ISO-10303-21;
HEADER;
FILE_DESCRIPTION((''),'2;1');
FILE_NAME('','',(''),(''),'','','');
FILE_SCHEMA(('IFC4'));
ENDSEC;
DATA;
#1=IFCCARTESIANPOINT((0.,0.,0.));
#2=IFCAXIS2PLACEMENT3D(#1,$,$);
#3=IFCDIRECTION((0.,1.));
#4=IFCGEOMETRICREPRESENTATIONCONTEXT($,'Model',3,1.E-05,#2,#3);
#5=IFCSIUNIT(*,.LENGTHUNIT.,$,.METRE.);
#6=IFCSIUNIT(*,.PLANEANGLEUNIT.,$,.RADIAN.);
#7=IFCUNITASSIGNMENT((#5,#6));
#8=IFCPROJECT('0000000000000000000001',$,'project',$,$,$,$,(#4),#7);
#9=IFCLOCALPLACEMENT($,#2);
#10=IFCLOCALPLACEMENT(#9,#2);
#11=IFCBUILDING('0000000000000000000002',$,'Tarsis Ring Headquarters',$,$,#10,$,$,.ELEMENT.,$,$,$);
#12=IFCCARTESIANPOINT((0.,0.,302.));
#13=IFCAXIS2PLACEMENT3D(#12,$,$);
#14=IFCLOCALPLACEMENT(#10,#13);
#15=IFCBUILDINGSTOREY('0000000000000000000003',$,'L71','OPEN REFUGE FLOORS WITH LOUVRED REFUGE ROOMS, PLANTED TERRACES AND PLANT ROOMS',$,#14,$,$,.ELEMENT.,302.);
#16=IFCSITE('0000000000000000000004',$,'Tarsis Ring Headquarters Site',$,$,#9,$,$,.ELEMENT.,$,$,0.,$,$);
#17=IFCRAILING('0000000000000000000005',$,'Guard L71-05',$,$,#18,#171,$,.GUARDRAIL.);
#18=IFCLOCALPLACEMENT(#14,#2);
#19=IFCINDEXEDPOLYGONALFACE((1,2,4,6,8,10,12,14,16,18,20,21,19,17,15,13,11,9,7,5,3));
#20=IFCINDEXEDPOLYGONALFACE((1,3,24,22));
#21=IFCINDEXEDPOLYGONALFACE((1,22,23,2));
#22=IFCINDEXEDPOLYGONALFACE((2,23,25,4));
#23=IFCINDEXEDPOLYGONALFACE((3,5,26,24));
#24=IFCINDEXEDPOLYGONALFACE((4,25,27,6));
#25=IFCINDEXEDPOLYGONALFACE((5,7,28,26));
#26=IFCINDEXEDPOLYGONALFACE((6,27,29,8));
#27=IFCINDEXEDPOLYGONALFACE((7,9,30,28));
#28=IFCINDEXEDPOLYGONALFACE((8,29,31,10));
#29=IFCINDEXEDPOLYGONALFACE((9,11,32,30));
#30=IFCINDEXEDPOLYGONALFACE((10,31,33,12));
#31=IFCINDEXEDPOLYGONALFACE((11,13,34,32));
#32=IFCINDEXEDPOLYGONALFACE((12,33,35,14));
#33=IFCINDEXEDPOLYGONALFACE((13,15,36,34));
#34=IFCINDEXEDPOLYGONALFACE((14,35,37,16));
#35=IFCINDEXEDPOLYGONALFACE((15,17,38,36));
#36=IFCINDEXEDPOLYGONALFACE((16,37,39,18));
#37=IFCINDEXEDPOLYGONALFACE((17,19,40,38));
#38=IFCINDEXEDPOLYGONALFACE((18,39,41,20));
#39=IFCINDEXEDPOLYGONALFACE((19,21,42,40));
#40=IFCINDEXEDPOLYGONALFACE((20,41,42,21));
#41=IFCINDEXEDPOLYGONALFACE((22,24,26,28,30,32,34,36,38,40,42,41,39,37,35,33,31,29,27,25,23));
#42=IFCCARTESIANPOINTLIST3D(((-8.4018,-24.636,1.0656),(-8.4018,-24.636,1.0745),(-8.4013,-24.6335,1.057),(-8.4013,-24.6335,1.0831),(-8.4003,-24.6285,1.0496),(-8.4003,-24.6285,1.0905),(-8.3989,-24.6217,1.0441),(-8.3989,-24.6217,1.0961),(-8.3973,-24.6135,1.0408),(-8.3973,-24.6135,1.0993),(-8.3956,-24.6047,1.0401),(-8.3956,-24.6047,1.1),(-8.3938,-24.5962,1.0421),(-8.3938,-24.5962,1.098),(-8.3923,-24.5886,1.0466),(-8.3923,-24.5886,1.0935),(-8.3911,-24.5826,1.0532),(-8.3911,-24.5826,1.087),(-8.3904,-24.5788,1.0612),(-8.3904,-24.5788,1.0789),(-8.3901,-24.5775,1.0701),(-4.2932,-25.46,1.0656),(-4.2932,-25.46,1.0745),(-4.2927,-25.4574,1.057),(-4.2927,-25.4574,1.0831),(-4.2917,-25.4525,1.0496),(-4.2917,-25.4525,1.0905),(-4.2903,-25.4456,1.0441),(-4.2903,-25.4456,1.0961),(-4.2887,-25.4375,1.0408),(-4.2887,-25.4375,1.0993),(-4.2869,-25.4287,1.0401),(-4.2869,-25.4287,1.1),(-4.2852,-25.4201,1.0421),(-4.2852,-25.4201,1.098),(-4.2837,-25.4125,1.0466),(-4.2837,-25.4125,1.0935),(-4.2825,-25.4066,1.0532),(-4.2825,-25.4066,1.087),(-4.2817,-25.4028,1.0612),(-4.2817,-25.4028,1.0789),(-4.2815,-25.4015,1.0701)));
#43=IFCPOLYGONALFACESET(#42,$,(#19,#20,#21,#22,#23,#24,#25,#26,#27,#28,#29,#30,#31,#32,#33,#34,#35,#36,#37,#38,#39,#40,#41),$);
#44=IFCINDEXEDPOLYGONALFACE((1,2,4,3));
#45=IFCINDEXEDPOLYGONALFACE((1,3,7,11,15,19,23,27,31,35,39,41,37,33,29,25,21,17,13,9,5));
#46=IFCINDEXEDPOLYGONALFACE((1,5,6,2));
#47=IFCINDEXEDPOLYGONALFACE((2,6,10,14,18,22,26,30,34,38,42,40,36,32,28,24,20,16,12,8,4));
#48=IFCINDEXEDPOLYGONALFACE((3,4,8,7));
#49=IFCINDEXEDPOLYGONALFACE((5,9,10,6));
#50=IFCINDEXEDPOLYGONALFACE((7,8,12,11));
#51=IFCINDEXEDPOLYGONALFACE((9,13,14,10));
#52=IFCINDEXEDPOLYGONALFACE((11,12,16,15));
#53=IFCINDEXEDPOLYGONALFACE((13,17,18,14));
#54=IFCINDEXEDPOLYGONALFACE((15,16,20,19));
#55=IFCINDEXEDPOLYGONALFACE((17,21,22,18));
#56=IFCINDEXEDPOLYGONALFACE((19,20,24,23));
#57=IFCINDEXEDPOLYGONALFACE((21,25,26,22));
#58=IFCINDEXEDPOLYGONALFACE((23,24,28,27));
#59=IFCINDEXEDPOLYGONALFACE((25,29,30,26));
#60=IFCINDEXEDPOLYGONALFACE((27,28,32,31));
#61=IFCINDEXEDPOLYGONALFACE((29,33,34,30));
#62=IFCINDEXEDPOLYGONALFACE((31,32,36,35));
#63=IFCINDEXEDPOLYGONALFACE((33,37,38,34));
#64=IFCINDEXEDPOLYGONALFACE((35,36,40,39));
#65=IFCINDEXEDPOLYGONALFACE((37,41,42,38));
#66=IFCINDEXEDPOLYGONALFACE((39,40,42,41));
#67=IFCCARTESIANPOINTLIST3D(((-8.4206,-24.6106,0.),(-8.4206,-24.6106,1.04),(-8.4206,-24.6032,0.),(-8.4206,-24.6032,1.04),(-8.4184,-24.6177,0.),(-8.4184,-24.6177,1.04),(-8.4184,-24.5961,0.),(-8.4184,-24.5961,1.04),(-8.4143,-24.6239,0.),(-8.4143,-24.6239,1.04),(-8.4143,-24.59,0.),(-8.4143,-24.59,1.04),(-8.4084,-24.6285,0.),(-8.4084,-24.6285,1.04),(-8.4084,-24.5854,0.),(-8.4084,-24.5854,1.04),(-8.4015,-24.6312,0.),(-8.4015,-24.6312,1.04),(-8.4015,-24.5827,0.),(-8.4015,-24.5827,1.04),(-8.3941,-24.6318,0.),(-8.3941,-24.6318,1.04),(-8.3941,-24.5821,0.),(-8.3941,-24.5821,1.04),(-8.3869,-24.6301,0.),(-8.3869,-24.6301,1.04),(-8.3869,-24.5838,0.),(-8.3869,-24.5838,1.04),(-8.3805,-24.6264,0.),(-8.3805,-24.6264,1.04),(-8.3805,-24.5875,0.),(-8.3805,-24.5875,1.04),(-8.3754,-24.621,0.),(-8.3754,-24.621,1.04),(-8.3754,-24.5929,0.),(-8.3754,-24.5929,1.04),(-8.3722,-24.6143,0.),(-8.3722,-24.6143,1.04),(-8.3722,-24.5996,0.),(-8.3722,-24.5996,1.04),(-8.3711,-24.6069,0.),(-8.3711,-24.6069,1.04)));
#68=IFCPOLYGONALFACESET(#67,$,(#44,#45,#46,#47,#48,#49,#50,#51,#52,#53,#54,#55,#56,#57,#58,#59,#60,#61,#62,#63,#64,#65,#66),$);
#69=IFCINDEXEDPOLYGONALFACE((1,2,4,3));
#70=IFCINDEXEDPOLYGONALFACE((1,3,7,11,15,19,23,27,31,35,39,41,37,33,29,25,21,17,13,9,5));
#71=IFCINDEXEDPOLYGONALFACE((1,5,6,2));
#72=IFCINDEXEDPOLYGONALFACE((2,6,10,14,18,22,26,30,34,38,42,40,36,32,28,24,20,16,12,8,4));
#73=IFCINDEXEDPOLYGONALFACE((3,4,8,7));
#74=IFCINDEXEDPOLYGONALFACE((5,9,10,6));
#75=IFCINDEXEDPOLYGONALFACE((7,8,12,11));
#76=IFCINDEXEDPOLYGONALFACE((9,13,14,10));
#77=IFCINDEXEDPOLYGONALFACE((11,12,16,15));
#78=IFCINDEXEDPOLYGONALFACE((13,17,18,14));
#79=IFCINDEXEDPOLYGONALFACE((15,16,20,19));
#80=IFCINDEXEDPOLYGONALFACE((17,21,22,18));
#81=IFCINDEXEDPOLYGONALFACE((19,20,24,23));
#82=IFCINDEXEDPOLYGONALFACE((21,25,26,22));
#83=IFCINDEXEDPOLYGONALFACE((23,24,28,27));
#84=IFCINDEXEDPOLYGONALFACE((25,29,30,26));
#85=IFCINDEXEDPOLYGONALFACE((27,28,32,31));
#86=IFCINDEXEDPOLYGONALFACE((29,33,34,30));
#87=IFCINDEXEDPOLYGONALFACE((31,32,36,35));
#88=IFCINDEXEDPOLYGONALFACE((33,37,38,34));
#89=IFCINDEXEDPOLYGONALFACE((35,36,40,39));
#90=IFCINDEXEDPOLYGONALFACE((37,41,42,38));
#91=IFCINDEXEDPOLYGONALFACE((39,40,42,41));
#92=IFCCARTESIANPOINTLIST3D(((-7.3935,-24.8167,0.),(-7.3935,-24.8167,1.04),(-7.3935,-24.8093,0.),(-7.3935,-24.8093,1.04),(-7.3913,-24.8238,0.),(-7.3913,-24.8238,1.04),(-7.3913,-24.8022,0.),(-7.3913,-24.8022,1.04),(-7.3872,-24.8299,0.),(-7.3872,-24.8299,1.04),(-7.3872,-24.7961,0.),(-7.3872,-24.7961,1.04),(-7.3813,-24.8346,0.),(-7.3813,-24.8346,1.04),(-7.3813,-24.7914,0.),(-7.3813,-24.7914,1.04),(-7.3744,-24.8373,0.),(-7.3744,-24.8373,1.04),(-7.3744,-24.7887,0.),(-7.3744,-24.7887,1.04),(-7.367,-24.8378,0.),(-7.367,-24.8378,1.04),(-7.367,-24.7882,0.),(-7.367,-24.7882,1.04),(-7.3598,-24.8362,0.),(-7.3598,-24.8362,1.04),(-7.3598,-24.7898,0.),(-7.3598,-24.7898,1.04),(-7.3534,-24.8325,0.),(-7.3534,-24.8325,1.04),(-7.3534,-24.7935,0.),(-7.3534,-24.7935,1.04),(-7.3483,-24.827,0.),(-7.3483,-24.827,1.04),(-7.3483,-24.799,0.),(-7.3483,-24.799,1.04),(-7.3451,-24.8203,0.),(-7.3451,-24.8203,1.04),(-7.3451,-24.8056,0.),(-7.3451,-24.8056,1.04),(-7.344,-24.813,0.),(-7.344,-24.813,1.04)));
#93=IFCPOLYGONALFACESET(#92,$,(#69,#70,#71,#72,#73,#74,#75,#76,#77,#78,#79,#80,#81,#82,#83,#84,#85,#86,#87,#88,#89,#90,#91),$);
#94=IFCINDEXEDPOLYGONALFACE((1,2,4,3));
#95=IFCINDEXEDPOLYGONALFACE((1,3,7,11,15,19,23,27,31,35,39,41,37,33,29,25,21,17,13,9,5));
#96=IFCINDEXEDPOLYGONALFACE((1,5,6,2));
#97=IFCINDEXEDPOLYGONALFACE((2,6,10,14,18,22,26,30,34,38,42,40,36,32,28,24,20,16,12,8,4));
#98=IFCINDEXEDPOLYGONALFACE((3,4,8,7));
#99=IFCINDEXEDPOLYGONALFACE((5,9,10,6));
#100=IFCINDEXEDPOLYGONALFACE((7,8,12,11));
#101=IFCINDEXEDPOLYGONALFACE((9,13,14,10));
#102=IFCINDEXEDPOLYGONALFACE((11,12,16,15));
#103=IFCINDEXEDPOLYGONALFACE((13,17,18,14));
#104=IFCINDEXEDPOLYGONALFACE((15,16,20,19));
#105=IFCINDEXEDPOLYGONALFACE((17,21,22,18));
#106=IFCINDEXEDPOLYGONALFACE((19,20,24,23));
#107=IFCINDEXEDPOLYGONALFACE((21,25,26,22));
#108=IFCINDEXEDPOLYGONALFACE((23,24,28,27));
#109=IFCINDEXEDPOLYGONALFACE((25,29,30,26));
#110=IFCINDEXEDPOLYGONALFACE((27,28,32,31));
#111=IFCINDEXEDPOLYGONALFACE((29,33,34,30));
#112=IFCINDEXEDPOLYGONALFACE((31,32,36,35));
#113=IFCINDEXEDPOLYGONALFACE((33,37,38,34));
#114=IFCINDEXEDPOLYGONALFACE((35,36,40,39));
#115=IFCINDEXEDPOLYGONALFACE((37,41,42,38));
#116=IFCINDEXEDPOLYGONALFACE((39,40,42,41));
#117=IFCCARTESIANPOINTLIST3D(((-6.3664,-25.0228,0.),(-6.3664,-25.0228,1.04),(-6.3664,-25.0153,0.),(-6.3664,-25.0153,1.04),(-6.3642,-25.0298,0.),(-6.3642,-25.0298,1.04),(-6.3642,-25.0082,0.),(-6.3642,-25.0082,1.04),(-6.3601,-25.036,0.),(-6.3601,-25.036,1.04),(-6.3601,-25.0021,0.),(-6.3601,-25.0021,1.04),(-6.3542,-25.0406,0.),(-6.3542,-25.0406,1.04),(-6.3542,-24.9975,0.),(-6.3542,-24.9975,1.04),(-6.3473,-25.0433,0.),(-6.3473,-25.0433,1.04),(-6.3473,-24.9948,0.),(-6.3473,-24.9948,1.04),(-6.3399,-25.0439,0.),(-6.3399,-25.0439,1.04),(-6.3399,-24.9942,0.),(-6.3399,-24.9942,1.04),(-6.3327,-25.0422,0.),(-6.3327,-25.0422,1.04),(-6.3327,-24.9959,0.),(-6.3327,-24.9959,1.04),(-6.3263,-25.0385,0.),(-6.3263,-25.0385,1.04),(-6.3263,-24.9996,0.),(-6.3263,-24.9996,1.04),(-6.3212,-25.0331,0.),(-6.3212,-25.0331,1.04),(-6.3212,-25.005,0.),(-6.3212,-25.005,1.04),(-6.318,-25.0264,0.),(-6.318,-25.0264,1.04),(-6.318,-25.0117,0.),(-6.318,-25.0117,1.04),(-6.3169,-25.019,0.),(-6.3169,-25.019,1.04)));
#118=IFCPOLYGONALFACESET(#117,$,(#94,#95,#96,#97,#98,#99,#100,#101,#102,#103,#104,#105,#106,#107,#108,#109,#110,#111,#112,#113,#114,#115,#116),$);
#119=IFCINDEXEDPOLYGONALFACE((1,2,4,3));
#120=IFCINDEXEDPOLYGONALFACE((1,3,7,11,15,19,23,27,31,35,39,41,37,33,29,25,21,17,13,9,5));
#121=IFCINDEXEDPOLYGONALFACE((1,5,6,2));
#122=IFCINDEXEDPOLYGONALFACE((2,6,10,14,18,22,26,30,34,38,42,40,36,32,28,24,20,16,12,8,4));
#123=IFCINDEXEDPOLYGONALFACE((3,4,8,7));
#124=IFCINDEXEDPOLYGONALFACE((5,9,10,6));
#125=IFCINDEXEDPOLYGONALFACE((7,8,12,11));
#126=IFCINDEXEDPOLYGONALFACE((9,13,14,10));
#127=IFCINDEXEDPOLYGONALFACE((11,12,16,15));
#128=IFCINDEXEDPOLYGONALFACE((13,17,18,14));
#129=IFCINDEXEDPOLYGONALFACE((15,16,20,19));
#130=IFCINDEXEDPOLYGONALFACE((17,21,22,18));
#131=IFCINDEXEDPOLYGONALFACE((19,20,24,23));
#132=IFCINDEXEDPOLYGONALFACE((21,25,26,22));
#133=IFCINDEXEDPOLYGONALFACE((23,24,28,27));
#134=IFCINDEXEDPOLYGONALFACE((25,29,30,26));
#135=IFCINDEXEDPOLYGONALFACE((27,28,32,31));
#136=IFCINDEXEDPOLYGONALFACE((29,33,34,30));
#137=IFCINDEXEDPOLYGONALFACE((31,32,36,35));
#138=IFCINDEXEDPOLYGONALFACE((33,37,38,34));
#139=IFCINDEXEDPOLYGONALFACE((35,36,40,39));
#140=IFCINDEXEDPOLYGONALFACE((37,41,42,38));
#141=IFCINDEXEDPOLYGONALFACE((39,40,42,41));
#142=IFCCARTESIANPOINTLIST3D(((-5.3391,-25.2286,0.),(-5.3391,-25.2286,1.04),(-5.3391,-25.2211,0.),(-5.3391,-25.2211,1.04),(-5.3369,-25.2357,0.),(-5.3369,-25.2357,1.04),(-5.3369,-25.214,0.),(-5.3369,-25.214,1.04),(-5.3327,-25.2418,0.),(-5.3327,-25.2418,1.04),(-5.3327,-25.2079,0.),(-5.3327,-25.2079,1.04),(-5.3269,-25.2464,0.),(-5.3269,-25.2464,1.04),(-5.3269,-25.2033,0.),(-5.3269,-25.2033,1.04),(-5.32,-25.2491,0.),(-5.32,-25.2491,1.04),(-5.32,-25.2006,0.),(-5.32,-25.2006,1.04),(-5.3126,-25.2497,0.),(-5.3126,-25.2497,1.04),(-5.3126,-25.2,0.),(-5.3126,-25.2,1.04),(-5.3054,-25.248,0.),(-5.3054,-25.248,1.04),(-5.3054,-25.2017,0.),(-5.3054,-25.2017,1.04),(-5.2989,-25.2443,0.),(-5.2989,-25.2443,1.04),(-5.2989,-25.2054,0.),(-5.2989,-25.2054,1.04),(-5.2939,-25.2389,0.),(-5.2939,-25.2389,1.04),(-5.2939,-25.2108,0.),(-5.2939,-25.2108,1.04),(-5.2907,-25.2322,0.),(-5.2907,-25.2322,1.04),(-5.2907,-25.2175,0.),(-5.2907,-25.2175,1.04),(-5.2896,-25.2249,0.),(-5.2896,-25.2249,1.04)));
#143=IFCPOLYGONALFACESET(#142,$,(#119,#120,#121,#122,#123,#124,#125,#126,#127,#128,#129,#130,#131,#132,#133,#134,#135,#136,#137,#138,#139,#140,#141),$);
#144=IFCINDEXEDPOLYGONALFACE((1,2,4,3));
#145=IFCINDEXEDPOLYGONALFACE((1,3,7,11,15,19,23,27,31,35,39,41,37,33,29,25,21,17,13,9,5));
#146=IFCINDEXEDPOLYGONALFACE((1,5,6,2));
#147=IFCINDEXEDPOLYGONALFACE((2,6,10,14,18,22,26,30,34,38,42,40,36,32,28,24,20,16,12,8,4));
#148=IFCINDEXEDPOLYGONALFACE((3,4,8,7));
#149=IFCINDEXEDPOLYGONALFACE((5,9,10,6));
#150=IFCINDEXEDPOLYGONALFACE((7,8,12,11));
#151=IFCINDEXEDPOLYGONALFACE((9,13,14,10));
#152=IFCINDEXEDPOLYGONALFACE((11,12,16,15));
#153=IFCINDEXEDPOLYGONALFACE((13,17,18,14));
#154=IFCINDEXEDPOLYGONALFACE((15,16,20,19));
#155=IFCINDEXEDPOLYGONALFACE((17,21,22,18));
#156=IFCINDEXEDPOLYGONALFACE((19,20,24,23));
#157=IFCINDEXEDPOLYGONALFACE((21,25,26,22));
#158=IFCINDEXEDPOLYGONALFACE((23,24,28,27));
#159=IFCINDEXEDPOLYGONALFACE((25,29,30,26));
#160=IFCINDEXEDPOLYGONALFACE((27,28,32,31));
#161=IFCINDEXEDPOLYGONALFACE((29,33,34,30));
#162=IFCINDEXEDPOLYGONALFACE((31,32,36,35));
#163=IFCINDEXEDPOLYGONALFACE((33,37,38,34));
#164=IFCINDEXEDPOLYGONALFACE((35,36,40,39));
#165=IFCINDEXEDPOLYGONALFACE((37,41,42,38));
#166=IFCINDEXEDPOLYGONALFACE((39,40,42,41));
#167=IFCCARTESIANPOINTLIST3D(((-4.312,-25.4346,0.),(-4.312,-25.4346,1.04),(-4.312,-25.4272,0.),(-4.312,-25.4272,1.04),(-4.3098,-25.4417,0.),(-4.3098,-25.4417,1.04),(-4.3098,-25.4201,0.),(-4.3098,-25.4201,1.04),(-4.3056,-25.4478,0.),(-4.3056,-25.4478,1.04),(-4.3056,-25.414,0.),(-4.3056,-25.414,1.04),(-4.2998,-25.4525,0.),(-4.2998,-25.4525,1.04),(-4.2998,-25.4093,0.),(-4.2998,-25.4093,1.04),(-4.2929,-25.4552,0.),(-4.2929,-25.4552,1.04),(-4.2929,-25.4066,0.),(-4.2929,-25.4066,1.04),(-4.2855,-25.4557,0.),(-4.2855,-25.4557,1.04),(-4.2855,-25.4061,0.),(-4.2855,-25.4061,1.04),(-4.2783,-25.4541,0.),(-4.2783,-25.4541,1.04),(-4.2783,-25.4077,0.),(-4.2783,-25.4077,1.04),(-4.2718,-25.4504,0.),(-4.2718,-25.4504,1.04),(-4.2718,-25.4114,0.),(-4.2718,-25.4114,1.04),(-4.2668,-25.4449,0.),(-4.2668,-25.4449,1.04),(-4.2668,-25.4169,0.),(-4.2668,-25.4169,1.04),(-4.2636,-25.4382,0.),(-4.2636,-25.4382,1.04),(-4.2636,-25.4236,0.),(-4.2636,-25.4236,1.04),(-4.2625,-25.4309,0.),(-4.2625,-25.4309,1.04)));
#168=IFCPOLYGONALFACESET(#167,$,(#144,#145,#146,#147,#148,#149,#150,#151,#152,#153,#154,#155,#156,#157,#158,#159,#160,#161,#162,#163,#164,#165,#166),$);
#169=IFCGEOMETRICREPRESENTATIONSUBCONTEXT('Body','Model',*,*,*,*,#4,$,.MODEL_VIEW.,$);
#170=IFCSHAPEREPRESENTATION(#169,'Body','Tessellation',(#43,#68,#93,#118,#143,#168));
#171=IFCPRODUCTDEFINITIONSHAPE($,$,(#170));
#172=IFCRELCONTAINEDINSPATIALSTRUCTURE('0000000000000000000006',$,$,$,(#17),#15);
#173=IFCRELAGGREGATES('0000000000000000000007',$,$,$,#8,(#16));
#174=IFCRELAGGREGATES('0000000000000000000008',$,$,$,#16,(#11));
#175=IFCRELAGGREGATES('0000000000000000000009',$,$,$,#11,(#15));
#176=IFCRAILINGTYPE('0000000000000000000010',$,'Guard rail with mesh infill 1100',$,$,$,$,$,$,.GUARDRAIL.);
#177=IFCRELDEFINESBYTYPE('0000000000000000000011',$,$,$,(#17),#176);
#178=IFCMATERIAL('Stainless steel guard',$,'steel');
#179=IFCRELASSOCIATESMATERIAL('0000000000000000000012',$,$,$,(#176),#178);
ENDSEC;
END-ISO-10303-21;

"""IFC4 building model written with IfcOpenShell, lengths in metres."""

from ifc_helpers import new_model, si_unit, direction, frame, origin, origin_2d, place, context, subcontext, project, spatial, circle, extrude, material, type_object, element, save


model = new_model("IFC4")

# Units and contexts
model_context = context("Model", 3, precision=1e-05, world=origin(), true_north=direction((0.0, 1.0)))
body_context = subcontext(model_context, "Body", "Model", "MODEL_VIEW")
ifc_project = project(units=[si_unit("LENGTHUNIT", "METRE"), si_unit("PLANEANGLEUNIT", "RADIAN")], contexts=[model_context])

# Site, building, storey
site_placement = place(None, origin())
site = spatial("IfcSite", under=ifc_project, at=site_placement, Name="Tarsis Ring Headquarters Site", CompositionType="ELEMENT", RefElevation=0.0)
building_placement = place(site_placement, origin())
building = spatial("IfcBuilding", under=site, at=building_placement, Name="Tarsis Ring Headquarters", CompositionType="ELEMENT")
storey_placement = place(building_placement, frame((0.0, 0.0, 302.0)))
storey = spatial("IfcBuildingStorey", under=building, at=storey_placement, Name="L71", Description="OPEN REFUGE FLOORS WITH LOUVRED REFUGE ROOMS, PLANTED TERRACES AND PLANT ROOMS", CompositionType="ELEMENT", Elevation=302.0)

# Railing
ifc_material_1 = material(Name="Stainless steel guard", Category="steel")
railing_type_1 = type_object("IfcRailingType", Name="Guard rail with mesh infill 1100", PredefinedType="GUARDRAIL", material=ifc_material_1)
railing_1_placement = place(storey_placement, frame((-8.396, -24.6069, 0.0)))
element("IfcRailing", 1, at=railing_1_placement, inside=storey, type_object=railing_type_1, Name="Guard L71-05", PredefinedType="GUARDRAIL", context=body_context, shape_type="SweptSolid", body=[
    extrude(circle(Radius=0.03, at=origin_2d()), frame((0.0, 0.0, 1.0701), z_axis=(0.980477, -0.196631, 0.0), x_axis=(0.196631, 0.980477, 0.0)), (0.0, 0.0, 1.0), 4.1904),
    extrude(circle(Radius=0.0249, at=origin_2d()), origin(), (0.0, 0.0, 1.0), 1.04),
    extrude(circle(Radius=0.0249, at=origin_2d()), frame((1.0271, -0.2061, 0.0)), (0.0, 0.0, 1.0), 1.04),
    extrude(circle(Radius=0.0249, at=origin_2d()), frame((2.0542, -0.4121, 0.0)), (0.0, 0.0, 1.0), 1.04),
    extrude(circle(Radius=0.0249, at=origin_2d()), frame((3.0815, -0.6179, 0.0)), (0.0, 0.0, 1.0), 1.04),
    extrude(circle(Radius=0.0249, at=origin_2d()), frame((4.1086, -0.824, 0.0)), (0.0, 0.0, 1.0), 1.04),
])

save(model, "model.ifc")
